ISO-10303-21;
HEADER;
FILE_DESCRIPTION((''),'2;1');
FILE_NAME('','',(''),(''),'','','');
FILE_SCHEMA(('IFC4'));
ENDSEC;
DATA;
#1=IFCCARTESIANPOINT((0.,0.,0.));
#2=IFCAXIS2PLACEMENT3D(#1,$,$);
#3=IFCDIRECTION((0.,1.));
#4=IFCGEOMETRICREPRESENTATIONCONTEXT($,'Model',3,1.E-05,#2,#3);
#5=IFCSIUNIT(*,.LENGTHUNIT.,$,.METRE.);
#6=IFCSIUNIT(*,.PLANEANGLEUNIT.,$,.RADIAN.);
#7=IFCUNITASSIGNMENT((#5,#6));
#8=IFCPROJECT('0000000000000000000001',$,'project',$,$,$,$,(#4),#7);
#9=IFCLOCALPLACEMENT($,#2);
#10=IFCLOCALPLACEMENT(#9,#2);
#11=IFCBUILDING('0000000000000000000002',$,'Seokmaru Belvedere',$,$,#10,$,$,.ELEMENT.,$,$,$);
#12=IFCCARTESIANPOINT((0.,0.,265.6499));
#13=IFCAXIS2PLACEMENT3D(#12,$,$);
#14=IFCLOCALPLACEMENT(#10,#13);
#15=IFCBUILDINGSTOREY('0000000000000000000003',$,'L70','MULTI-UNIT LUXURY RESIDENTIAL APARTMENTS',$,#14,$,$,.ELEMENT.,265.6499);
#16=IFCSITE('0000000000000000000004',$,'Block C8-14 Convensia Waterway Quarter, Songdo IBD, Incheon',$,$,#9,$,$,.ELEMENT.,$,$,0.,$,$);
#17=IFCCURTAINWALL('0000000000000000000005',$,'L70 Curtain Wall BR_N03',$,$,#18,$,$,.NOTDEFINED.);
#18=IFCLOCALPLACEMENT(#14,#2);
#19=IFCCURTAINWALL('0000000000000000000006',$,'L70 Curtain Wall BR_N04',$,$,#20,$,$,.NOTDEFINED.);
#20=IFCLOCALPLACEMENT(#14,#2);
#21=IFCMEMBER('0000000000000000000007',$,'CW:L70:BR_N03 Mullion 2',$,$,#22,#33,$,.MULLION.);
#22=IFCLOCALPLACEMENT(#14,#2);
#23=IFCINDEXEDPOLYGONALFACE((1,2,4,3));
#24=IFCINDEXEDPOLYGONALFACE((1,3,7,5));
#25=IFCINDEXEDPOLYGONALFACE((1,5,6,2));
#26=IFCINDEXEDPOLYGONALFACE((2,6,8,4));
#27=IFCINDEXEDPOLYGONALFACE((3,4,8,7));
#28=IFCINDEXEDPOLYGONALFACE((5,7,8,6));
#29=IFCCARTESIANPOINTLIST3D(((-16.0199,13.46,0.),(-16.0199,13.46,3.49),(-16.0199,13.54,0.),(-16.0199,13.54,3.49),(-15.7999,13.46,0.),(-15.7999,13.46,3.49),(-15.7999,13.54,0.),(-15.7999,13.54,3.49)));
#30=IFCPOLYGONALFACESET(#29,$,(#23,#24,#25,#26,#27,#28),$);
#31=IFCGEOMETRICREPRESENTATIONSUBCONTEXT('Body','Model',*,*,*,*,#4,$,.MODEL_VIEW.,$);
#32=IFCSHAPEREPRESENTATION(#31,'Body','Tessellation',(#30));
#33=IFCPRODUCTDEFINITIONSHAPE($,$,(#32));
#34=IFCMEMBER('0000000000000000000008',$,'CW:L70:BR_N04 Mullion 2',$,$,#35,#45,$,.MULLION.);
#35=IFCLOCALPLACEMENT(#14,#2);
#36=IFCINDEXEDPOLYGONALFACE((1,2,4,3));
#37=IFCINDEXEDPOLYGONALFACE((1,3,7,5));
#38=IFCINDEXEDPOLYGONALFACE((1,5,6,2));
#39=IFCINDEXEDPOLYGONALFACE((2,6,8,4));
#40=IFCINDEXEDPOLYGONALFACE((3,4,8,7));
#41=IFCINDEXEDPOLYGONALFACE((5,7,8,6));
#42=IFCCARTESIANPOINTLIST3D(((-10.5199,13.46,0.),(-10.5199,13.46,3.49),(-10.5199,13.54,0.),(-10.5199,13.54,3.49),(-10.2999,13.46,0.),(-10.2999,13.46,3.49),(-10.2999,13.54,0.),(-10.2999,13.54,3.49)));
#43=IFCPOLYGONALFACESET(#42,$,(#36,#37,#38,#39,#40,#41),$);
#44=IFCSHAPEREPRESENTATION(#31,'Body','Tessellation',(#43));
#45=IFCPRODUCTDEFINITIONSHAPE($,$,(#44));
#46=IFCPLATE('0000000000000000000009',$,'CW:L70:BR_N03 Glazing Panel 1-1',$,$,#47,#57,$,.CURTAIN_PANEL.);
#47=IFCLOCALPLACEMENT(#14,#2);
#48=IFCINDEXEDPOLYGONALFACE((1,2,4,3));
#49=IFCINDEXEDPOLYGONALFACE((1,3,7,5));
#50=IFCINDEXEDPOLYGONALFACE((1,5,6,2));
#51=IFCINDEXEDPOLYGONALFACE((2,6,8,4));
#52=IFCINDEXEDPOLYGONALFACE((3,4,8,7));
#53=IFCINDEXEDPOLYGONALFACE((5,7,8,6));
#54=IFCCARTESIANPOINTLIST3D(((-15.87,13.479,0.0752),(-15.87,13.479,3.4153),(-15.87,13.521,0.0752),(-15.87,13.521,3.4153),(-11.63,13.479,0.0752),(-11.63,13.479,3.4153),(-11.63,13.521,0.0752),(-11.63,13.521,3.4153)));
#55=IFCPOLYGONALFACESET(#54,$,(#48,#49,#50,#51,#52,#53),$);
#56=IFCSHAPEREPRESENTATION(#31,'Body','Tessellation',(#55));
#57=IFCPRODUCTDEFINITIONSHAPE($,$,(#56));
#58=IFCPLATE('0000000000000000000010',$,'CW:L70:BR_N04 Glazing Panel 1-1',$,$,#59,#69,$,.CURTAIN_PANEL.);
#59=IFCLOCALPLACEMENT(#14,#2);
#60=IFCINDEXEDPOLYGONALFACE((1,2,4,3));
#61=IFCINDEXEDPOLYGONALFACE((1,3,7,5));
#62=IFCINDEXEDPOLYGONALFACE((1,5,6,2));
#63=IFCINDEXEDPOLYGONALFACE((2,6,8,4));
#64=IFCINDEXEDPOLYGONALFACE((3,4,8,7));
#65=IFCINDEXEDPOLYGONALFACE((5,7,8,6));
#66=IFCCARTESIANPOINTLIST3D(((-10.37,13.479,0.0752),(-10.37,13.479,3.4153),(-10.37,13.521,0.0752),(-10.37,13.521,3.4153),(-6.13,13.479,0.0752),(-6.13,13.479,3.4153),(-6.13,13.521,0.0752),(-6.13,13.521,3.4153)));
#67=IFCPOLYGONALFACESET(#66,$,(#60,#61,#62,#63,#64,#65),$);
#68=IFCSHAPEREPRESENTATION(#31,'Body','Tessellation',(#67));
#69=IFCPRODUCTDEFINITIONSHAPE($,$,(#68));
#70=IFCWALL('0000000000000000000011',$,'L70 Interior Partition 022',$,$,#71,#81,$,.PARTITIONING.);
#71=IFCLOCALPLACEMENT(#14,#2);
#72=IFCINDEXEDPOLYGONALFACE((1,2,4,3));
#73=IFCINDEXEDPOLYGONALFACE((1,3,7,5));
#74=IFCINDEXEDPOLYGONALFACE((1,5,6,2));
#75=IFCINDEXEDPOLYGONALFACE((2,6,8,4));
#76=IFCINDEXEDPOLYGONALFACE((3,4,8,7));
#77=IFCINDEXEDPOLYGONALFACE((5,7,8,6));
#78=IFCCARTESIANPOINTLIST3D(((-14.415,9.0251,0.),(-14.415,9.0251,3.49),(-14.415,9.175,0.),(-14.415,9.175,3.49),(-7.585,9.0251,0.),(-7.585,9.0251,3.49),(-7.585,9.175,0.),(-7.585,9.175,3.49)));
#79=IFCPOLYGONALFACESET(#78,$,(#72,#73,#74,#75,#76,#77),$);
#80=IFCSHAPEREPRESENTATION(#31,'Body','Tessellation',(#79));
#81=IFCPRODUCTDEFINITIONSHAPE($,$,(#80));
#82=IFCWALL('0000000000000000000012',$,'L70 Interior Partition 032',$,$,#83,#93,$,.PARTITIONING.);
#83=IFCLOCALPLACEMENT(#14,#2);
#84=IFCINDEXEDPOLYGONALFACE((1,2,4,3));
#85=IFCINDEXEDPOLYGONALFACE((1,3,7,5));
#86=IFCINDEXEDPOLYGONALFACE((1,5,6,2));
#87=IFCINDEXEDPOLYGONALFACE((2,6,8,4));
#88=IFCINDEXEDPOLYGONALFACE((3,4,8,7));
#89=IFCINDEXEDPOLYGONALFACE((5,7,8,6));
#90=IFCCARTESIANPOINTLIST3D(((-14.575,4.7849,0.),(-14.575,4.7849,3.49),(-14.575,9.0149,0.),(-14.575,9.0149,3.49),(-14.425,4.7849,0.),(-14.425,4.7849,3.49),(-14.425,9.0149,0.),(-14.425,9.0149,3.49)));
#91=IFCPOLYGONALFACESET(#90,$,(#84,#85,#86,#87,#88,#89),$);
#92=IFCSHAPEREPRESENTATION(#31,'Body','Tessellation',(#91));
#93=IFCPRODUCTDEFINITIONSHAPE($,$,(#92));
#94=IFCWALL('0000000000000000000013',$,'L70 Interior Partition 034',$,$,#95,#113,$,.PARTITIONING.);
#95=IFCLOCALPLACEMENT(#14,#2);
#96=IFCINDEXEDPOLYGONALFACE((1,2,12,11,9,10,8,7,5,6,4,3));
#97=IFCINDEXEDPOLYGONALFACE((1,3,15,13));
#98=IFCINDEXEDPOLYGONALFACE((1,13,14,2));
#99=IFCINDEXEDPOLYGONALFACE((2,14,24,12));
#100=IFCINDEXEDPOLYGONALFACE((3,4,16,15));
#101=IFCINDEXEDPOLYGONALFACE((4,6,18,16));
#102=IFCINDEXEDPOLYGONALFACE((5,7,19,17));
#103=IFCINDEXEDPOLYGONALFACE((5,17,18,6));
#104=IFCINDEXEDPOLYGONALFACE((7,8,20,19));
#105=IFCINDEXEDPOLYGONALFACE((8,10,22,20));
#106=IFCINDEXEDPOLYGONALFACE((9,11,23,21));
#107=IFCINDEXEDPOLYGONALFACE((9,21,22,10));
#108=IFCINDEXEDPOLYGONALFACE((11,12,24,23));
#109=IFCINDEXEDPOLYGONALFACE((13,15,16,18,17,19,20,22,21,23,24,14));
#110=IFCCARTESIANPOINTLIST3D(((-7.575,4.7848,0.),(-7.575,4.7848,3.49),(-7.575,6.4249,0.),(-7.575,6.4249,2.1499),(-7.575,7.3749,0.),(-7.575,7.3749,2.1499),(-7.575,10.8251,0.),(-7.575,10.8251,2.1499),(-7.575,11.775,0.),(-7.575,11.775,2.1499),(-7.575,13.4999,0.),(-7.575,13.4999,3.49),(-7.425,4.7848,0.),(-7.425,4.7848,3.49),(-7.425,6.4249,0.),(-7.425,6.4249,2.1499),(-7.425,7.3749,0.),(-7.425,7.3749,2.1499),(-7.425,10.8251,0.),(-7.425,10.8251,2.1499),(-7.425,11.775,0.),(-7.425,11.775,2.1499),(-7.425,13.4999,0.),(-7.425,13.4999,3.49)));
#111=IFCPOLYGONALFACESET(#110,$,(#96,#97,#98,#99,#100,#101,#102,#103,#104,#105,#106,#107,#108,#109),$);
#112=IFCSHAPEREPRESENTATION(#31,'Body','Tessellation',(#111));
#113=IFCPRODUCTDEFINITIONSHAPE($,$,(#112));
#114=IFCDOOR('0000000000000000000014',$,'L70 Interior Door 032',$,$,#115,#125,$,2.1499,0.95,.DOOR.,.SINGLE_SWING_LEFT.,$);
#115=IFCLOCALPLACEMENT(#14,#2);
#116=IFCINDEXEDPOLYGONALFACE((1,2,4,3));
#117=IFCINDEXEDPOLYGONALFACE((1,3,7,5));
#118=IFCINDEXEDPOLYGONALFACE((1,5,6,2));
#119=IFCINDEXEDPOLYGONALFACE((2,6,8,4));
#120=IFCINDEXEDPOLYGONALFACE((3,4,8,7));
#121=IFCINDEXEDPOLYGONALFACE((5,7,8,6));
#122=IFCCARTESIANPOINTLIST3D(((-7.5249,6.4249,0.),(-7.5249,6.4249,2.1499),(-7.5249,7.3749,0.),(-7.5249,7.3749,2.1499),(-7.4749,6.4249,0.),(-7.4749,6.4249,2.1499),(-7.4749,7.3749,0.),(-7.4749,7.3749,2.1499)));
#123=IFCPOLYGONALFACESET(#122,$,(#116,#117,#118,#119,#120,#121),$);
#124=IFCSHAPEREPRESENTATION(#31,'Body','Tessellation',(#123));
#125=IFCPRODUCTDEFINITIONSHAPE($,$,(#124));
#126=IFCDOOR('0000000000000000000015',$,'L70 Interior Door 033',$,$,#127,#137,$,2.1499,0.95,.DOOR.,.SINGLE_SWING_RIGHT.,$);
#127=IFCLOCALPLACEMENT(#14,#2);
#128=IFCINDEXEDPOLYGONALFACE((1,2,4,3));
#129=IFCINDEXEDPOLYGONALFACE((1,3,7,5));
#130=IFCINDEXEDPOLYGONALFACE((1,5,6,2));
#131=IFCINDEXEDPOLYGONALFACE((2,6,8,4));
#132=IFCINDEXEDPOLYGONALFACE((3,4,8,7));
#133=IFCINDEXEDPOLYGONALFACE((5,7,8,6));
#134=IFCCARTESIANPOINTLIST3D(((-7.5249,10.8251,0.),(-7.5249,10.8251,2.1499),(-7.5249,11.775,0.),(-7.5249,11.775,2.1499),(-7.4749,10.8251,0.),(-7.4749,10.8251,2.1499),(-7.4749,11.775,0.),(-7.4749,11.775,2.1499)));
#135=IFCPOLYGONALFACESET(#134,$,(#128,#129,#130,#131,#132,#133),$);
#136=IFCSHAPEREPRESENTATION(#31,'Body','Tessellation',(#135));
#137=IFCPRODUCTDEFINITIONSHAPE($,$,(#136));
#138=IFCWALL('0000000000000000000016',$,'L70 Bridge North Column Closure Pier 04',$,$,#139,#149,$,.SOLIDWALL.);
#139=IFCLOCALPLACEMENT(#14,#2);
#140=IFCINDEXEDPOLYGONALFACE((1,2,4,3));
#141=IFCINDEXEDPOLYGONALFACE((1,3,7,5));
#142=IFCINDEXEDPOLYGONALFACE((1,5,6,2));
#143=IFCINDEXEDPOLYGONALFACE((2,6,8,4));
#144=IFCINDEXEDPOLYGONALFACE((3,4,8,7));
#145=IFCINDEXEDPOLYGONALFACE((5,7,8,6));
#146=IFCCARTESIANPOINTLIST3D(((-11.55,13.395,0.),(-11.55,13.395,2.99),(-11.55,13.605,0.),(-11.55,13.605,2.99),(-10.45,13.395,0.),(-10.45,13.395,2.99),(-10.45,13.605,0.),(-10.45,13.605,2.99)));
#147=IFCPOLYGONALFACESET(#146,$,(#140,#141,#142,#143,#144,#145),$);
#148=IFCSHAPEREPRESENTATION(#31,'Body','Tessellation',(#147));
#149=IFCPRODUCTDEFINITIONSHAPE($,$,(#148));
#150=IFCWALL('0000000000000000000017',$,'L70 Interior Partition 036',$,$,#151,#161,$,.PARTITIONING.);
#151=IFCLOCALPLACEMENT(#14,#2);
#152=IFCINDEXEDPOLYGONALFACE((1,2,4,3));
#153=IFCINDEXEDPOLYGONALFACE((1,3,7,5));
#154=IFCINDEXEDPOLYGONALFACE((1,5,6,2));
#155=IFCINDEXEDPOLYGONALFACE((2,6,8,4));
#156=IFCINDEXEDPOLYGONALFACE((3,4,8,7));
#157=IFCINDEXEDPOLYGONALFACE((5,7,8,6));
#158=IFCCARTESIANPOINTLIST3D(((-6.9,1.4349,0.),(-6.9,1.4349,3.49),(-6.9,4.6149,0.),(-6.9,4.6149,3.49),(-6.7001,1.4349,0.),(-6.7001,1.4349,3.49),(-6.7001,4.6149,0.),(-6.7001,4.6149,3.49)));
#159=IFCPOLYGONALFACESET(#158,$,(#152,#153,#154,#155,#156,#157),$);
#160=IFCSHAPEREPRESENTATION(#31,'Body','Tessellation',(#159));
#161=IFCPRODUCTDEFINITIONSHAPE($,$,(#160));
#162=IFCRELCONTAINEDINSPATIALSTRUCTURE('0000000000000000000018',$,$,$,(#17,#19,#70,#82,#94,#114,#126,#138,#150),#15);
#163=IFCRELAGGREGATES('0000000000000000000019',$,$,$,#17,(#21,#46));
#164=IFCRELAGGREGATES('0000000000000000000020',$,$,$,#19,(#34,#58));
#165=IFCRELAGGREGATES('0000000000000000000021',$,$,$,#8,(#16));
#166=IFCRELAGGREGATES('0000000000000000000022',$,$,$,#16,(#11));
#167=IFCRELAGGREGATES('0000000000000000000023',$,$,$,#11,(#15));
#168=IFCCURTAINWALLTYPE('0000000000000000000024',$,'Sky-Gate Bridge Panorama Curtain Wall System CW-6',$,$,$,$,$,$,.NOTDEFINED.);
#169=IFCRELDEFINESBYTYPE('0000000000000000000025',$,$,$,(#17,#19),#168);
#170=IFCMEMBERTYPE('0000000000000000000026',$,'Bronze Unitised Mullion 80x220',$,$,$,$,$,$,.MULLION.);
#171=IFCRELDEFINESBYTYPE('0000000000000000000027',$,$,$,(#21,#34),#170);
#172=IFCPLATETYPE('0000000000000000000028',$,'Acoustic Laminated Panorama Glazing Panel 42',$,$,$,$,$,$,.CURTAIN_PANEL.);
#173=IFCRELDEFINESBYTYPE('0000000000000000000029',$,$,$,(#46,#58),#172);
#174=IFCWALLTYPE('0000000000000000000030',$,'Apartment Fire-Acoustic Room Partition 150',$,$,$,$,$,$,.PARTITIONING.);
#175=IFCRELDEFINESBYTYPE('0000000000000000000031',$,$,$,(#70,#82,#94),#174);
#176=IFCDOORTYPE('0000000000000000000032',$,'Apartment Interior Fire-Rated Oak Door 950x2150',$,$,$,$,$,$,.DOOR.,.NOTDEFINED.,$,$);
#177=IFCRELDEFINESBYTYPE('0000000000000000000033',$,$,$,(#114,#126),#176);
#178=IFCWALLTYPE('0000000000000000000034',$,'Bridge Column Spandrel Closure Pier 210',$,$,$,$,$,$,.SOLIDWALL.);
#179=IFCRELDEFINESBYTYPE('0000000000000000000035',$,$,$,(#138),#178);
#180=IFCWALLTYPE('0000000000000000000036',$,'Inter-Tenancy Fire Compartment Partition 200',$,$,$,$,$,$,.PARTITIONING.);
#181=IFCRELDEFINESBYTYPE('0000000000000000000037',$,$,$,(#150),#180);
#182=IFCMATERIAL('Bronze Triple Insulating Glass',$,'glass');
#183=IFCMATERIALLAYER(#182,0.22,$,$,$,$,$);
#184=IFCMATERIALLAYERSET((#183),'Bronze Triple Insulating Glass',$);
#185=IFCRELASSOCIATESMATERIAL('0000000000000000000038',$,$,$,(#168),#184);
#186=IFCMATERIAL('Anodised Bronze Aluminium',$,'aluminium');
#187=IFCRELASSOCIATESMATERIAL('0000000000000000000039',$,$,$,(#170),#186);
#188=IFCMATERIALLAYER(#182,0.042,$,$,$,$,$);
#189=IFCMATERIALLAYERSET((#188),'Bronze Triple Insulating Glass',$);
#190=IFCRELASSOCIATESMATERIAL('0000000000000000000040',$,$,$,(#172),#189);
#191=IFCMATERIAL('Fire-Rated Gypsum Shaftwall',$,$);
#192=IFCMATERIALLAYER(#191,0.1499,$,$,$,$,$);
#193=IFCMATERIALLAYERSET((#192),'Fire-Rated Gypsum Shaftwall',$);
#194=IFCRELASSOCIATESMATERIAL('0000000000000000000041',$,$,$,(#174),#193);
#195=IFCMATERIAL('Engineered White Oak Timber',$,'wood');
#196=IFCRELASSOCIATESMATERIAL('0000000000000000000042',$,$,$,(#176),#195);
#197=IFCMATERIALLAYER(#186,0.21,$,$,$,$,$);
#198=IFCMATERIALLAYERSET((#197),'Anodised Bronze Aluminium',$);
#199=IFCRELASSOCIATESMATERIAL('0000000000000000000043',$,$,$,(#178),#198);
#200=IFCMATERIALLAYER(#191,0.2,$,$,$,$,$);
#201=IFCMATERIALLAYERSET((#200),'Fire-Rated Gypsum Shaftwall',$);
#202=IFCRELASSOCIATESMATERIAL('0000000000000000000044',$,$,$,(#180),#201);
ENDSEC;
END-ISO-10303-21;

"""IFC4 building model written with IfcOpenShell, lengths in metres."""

from ifc_helpers import new_model, si_unit, direction, frame, frame_2d, origin, origin_2d, place, context, subcontext, project, spatial, rectangle, extrude, source, transform, mapped, material, layer, layer_set, material_profile, profile_set, type_object, type_shapes, element, fill, aggregate, save


model = new_model("IFC4")

# Units and contexts
model_context = context("Model", 3, precision=1e-05, world=origin(), true_north=direction((0.0, 1.0)))
body_context = subcontext(model_context, "Body", "Model", "MODEL_VIEW")
ifc_project = project(units=[si_unit("LENGTHUNIT", "METRE"), si_unit("PLANEANGLEUNIT", "RADIAN")], contexts=[model_context])

# Site, building, storey
site_placement = place(None, origin())
site = spatial("IfcSite", under=ifc_project, at=site_placement, Name="Block C8-14 Convensia Waterway Quarter, Songdo IBD, Incheon", CompositionType="ELEMENT", RefElevation=0.0)
building_placement = place(site_placement, origin())
building = spatial("IfcBuilding", under=site, at=building_placement, Name="Seokmaru Belvedere", CompositionType="ELEMENT")
storey_placement = place(building_placement, frame((0.0, 0.0, 265.6499)))
storey = spatial("IfcBuildingStorey", under=building, at=storey_placement, Name="L70", Description="MULTI-UNIT LUXURY RESIDENTIAL APARTMENTS", CompositionType="ELEMENT", Elevation=265.6499)

# Curtain walls
ifc_material_1 = material(Name="Bronze Triple Insulating Glass", Category="glass")
ifc_layer_1 = layer(ifc_material_1, 0.22)
ifc_layer_set_1 = layer_set([ifc_layer_1], Name="Bronze Triple Insulating Glass")
curtain_wall_type = type_object("IfcCurtainWallType", Name="Sky-Gate Bridge Panorama Curtain Wall System CW-6", PredefinedType="NOTDEFINED", material=ifc_layer_set_1)
curtain_wall_1_placement = place(storey_placement, origin())
curtain_wall_1 = element("IfcCurtainWall", 1, at=curtain_wall_1_placement, inside=storey, type_object=curtain_wall_type, Name="L70 Curtain Wall BR_N03", PredefinedType="NOTDEFINED")
ifc_material_2 = material(Name="Anodised Bronze Aluminium", Category="aluminium")
curtain_wall_2_placement = place(storey_placement, origin())
curtain_wall_2 = element("IfcCurtainWall", 2, at=curtain_wall_2_placement, inside=storey, type_object=curtain_wall_type, Name="L70 Curtain Wall BR_N04", PredefinedType="NOTDEFINED")

# Members
ifc_material_profile_1 = material_profile(ifc_material_2, rectangle(XDim=0.0801, YDim=0.22, at=origin_2d()), Name="CW-M-80x220")
ifc_profile_set_1 = profile_set([ifc_material_profile_1], Name="Anodised Bronze Aluminium")
member_type_1 = type_object("IfcMemberType", Name="Bronze Unitised Mullion 80x220", PredefinedType="MULLION", material=ifc_profile_set_1)
shared_shape_1 = source(origin(), body_context, "Body", "SweptSolid", [
    extrude(rectangle(XDim=0.0801, YDim=0.22, at=origin_2d()), origin(), (0.0, 0.0, 1.0), 3.49),
])
type_shapes(member_type_1, [shared_shape_1])
member_1_placement = place(storey_placement, frame((-15.9099, 13.5, 0.0), z_axis=(0.0, 0.0, 1.0), x_axis=(0.0, -1.0, 0.0)))
member_1 = element("IfcMember", 3, at=member_1_placement, type_object=member_type_1, Name="CW:L70:BR_N03 Mullion 2", PredefinedType="MULLION", context=body_context, shape_type="MappedRepresentation", body=[
    mapped(shared_shape_1, transform((0.0, 0.0, 0.0), scale=1.0)),
])
member_2_placement = place(storey_placement, frame((-10.4099, 13.5, 0.0), z_axis=(0.0, 0.0, 1.0), x_axis=(0.0, -1.0, 0.0)))
member_2 = element("IfcMember", 4, at=member_2_placement, type_object=member_type_1, Name="CW:L70:BR_N04 Mullion 2", PredefinedType="MULLION", context=body_context, shape_type="MappedRepresentation", body=[
    mapped(shared_shape_1, transform((0.0, 0.0, 0.0), scale=1.0)),
])

# Plates
ifc_layer_2 = layer(ifc_material_1, 0.042)
ifc_layer_set_2 = layer_set([ifc_layer_2], Name="Bronze Triple Insulating Glass")
plate_type = type_object("IfcPlateType", Name="Acoustic Laminated Panorama Glazing Panel 42", PredefinedType="CURTAIN_PANEL", material=ifc_layer_set_2)
shared_shape_2 = source(origin(), body_context, "Body", "SweptSolid", [
    extrude(rectangle(XDim=4.24, YDim=0.042, at=origin_2d()), origin(), (0.0, 0.0, 1.0), 3.3401),
])
type_shapes(plate_type, [shared_shape_2])
plate_1_placement = place(storey_placement, frame((-13.75, 13.5, 0.0752), z_axis=(0.0, 0.0, 1.0), x_axis=(-1.0, 0.0, 0.0)))
plate_1 = element("IfcPlate", 5, at=plate_1_placement, type_object=plate_type, Name="CW:L70:BR_N03 Glazing Panel 1-1", PredefinedType="CURTAIN_PANEL", context=body_context, shape_type="MappedRepresentation", body=[
    mapped(shared_shape_2, transform((0.0, 0.0, 0.0), scale=1.0)),
])
aggregate(curtain_wall_1, [member_1, plate_1])
plate_2_placement = place(storey_placement, frame((-8.25, 13.5, 0.0752), z_axis=(0.0, 0.0, 1.0), x_axis=(-1.0, 0.0, 0.0)))
plate_2 = element("IfcPlate", 6, at=plate_2_placement, type_object=plate_type, Name="CW:L70:BR_N04 Glazing Panel 1-1", PredefinedType="CURTAIN_PANEL", context=body_context, shape_type="MappedRepresentation", body=[
    mapped(shared_shape_2, transform((0.0, 0.0, 0.0), scale=1.0)),
])
aggregate(curtain_wall_2, [member_2, plate_2])

# Walls
ifc_material_3 = material(Name="Fire-Rated Gypsum Shaftwall")
ifc_layer_3 = layer(ifc_material_3, 0.1499)
ifc_layer_set_3 = layer_set([ifc_layer_3], Name="Fire-Rated Gypsum Shaftwall")
wall_type_1 = type_object("IfcWallType", Name="Apartment Fire-Acoustic Room Partition 150", PredefinedType="PARTITIONING", material=ifc_layer_set_3)
wall_1_placement = place(storey_placement, frame((-14.415, 9.1001, 0.0), z_axis=(0.0, 0.0, 1.0), x_axis=(1.0, 0.0, 0.0)))
element("IfcWall", 7, at=wall_1_placement, inside=storey, type_object=wall_type_1, Name="L70 Interior Partition 022", PredefinedType="PARTITIONING", context=body_context, shape_type="SweptSolid", body=[
    extrude(rectangle(XDim=6.8301, YDim=0.1499, at=frame_2d((3.415, 0.0))), origin(), (0.0, 0.0, 1.0), 3.49),
])
wall_2_placement = place(storey_placement, frame((-14.5, 4.7849, 0.0), z_axis=(0.0, 0.0, 1.0), x_axis=(0.0, 1.0, 0.0)))
element("IfcWall", 8, at=wall_2_placement, inside=storey, type_object=wall_type_1, Name="L70 Interior Partition 032", PredefinedType="PARTITIONING", context=body_context, shape_type="SweptSolid", body=[
    extrude(rectangle(XDim=4.23, YDim=0.1499, at=frame_2d((2.115, 0.0))), origin(), (0.0, 0.0, 1.0), 3.49),
])

# Wall, openings, doors
wall_3_placement = place(storey_placement, frame((-7.5, 4.7849, 0.0), z_axis=(0.0, 0.0, 1.0), x_axis=(0.0, 1.0, 0.0)))
wall_3 = element("IfcWall", 9, at=wall_3_placement, inside=storey, type_object=wall_type_1, Name="L70 Interior Partition 034", PredefinedType="PARTITIONING", context=body_context, shape_type="SweptSolid", body=[
    extrude(rectangle(XDim=8.7151, YDim=0.1499, at=frame_2d((4.3574, 0.0))), origin(), (0.0, 0.0, 1.0), 3.49),
])
opening_1_placement = place(wall_3_placement, frame((1.6399, 0.0, 0.0)))
opening_1 = element("IfcOpeningElement", 10, at=opening_1_placement, cuts=wall_3, PredefinedType="OPENING", context=body_context, shape_type="SweptSolid", body=[
    extrude(rectangle(XDim=0.95, YDim=2.1499, at=frame_2d((0.4751, 1.075))), frame((0.0, 0.085, 0.0), z_axis=(0.0, -1.0, 0.0), x_axis=(1.0, 0.0, 0.0)), (0.0, 0.0, 1.0), 0.1699),
])
opening_2_placement = place(wall_3_placement, frame((6.04, 0.0, 0.0)))
opening_2 = element("IfcOpeningElement", 11, at=opening_2_placement, cuts=wall_3, PredefinedType="OPENING", context=body_context, shape_type="SweptSolid", body=[
    extrude(rectangle(XDim=0.95, YDim=2.1499, at=frame_2d((0.4751, 1.075))), frame((0.0, 0.085, 0.0), z_axis=(0.0, -1.0, 0.0), x_axis=(1.0, 0.0, 0.0)), (0.0, 0.0, 1.0), 0.1699),
])
ifc_material_4 = material(Name="Engineered White Oak Timber", Category="wood")
door_type = type_object("IfcDoorType", Name="Apartment Interior Fire-Rated Oak Door 950x2150", OperationType="NOTDEFINED", PredefinedType="DOOR", material=ifc_material_4)
shared_shape_3 = source(origin(), body_context, "Body", "SweptSolid", [
    extrude(rectangle(XDim=0.95, YDim=2.1499, at=frame_2d((0.4751, 1.075))), frame((0.0, 0.0249, 0.0), z_axis=(0.0, -1.0, 0.0), x_axis=(1.0, 0.0, 0.0)), (0.0, 0.0, 1.0), 0.05),
])
type_shapes(door_type, [shared_shape_3])
door_1_placement = place(opening_1_placement, origin())
door_1 = element("IfcDoor", 12, at=door_1_placement, inside=storey, type_object=door_type, Name="L70 Interior Door 032", OperationType="SINGLE_SWING_LEFT", OverallHeight=2.1499, OverallWidth=0.95, PredefinedType="DOOR", context=body_context, shape_type="MappedRepresentation", body=[
    mapped(shared_shape_3, transform((0.0, 0.0, 0.0), scale=1.0)),
])
fill(opening_1, door_1)
door_2_placement = place(opening_2_placement, origin())
door_2 = element("IfcDoor", 13, at=door_2_placement, inside=storey, type_object=door_type, Name="L70 Interior Door 033", OperationType="SINGLE_SWING_RIGHT", OverallHeight=2.1499, OverallWidth=0.95, PredefinedType="DOOR", context=body_context, shape_type="MappedRepresentation", body=[
    mapped(shared_shape_3, transform((0.0, 0.0, 0.0), scale=1.0)),
])
fill(opening_2, door_2)

# Walls
ifc_layer_4 = layer(ifc_material_2, 0.21)
ifc_layer_set_4 = layer_set([ifc_layer_4], Name="Anodised Bronze Aluminium")
wall_type_2 = type_object("IfcWallType", Name="Bridge Column Spandrel Closure Pier 210", PredefinedType="SOLIDWALL", material=ifc_layer_set_4)
wall_4_placement = place(storey_placement, frame((-11.55, 13.5, 0.0), z_axis=(0.0, 0.0, 1.0), x_axis=(1.0, 0.0, 0.0)))
element("IfcWall", 14, at=wall_4_placement, inside=storey, type_object=wall_type_2, Name="L70 Bridge North Column Closure Pier 04", PredefinedType="SOLIDWALL", context=body_context, shape_type="SweptSolid", body=[
    extrude(rectangle(XDim=1.1001, YDim=0.21, at=frame_2d((0.55, 0.0))), origin(), (0.0, 0.0, 1.0), 2.99),
])
ifc_layer_5 = layer(ifc_material_3, 0.2)
ifc_layer_set_5 = layer_set([ifc_layer_5], Name="Fire-Rated Gypsum Shaftwall")
wall_type_3 = type_object("IfcWallType", Name="Inter-Tenancy Fire Compartment Partition 200", PredefinedType="PARTITIONING", material=ifc_layer_set_5)
wall_5_placement = place(storey_placement, frame((-6.8, 1.4351, 0.0), z_axis=(0.0, 0.0, 1.0), x_axis=(0.0, 1.0, 0.0)))
element("IfcWall", 15, at=wall_5_placement, inside=storey, type_object=wall_type_3, Name="L70 Interior Partition 036", PredefinedType="PARTITIONING", context=body_context, shape_type="SweptSolid", body=[
    extrude(rectangle(XDim=3.1799, YDim=0.2, at=frame_2d((1.5898, 0.0))), origin(), (0.0, 0.0, 1.0), 3.49),
])

save(model, "model.ifc")
